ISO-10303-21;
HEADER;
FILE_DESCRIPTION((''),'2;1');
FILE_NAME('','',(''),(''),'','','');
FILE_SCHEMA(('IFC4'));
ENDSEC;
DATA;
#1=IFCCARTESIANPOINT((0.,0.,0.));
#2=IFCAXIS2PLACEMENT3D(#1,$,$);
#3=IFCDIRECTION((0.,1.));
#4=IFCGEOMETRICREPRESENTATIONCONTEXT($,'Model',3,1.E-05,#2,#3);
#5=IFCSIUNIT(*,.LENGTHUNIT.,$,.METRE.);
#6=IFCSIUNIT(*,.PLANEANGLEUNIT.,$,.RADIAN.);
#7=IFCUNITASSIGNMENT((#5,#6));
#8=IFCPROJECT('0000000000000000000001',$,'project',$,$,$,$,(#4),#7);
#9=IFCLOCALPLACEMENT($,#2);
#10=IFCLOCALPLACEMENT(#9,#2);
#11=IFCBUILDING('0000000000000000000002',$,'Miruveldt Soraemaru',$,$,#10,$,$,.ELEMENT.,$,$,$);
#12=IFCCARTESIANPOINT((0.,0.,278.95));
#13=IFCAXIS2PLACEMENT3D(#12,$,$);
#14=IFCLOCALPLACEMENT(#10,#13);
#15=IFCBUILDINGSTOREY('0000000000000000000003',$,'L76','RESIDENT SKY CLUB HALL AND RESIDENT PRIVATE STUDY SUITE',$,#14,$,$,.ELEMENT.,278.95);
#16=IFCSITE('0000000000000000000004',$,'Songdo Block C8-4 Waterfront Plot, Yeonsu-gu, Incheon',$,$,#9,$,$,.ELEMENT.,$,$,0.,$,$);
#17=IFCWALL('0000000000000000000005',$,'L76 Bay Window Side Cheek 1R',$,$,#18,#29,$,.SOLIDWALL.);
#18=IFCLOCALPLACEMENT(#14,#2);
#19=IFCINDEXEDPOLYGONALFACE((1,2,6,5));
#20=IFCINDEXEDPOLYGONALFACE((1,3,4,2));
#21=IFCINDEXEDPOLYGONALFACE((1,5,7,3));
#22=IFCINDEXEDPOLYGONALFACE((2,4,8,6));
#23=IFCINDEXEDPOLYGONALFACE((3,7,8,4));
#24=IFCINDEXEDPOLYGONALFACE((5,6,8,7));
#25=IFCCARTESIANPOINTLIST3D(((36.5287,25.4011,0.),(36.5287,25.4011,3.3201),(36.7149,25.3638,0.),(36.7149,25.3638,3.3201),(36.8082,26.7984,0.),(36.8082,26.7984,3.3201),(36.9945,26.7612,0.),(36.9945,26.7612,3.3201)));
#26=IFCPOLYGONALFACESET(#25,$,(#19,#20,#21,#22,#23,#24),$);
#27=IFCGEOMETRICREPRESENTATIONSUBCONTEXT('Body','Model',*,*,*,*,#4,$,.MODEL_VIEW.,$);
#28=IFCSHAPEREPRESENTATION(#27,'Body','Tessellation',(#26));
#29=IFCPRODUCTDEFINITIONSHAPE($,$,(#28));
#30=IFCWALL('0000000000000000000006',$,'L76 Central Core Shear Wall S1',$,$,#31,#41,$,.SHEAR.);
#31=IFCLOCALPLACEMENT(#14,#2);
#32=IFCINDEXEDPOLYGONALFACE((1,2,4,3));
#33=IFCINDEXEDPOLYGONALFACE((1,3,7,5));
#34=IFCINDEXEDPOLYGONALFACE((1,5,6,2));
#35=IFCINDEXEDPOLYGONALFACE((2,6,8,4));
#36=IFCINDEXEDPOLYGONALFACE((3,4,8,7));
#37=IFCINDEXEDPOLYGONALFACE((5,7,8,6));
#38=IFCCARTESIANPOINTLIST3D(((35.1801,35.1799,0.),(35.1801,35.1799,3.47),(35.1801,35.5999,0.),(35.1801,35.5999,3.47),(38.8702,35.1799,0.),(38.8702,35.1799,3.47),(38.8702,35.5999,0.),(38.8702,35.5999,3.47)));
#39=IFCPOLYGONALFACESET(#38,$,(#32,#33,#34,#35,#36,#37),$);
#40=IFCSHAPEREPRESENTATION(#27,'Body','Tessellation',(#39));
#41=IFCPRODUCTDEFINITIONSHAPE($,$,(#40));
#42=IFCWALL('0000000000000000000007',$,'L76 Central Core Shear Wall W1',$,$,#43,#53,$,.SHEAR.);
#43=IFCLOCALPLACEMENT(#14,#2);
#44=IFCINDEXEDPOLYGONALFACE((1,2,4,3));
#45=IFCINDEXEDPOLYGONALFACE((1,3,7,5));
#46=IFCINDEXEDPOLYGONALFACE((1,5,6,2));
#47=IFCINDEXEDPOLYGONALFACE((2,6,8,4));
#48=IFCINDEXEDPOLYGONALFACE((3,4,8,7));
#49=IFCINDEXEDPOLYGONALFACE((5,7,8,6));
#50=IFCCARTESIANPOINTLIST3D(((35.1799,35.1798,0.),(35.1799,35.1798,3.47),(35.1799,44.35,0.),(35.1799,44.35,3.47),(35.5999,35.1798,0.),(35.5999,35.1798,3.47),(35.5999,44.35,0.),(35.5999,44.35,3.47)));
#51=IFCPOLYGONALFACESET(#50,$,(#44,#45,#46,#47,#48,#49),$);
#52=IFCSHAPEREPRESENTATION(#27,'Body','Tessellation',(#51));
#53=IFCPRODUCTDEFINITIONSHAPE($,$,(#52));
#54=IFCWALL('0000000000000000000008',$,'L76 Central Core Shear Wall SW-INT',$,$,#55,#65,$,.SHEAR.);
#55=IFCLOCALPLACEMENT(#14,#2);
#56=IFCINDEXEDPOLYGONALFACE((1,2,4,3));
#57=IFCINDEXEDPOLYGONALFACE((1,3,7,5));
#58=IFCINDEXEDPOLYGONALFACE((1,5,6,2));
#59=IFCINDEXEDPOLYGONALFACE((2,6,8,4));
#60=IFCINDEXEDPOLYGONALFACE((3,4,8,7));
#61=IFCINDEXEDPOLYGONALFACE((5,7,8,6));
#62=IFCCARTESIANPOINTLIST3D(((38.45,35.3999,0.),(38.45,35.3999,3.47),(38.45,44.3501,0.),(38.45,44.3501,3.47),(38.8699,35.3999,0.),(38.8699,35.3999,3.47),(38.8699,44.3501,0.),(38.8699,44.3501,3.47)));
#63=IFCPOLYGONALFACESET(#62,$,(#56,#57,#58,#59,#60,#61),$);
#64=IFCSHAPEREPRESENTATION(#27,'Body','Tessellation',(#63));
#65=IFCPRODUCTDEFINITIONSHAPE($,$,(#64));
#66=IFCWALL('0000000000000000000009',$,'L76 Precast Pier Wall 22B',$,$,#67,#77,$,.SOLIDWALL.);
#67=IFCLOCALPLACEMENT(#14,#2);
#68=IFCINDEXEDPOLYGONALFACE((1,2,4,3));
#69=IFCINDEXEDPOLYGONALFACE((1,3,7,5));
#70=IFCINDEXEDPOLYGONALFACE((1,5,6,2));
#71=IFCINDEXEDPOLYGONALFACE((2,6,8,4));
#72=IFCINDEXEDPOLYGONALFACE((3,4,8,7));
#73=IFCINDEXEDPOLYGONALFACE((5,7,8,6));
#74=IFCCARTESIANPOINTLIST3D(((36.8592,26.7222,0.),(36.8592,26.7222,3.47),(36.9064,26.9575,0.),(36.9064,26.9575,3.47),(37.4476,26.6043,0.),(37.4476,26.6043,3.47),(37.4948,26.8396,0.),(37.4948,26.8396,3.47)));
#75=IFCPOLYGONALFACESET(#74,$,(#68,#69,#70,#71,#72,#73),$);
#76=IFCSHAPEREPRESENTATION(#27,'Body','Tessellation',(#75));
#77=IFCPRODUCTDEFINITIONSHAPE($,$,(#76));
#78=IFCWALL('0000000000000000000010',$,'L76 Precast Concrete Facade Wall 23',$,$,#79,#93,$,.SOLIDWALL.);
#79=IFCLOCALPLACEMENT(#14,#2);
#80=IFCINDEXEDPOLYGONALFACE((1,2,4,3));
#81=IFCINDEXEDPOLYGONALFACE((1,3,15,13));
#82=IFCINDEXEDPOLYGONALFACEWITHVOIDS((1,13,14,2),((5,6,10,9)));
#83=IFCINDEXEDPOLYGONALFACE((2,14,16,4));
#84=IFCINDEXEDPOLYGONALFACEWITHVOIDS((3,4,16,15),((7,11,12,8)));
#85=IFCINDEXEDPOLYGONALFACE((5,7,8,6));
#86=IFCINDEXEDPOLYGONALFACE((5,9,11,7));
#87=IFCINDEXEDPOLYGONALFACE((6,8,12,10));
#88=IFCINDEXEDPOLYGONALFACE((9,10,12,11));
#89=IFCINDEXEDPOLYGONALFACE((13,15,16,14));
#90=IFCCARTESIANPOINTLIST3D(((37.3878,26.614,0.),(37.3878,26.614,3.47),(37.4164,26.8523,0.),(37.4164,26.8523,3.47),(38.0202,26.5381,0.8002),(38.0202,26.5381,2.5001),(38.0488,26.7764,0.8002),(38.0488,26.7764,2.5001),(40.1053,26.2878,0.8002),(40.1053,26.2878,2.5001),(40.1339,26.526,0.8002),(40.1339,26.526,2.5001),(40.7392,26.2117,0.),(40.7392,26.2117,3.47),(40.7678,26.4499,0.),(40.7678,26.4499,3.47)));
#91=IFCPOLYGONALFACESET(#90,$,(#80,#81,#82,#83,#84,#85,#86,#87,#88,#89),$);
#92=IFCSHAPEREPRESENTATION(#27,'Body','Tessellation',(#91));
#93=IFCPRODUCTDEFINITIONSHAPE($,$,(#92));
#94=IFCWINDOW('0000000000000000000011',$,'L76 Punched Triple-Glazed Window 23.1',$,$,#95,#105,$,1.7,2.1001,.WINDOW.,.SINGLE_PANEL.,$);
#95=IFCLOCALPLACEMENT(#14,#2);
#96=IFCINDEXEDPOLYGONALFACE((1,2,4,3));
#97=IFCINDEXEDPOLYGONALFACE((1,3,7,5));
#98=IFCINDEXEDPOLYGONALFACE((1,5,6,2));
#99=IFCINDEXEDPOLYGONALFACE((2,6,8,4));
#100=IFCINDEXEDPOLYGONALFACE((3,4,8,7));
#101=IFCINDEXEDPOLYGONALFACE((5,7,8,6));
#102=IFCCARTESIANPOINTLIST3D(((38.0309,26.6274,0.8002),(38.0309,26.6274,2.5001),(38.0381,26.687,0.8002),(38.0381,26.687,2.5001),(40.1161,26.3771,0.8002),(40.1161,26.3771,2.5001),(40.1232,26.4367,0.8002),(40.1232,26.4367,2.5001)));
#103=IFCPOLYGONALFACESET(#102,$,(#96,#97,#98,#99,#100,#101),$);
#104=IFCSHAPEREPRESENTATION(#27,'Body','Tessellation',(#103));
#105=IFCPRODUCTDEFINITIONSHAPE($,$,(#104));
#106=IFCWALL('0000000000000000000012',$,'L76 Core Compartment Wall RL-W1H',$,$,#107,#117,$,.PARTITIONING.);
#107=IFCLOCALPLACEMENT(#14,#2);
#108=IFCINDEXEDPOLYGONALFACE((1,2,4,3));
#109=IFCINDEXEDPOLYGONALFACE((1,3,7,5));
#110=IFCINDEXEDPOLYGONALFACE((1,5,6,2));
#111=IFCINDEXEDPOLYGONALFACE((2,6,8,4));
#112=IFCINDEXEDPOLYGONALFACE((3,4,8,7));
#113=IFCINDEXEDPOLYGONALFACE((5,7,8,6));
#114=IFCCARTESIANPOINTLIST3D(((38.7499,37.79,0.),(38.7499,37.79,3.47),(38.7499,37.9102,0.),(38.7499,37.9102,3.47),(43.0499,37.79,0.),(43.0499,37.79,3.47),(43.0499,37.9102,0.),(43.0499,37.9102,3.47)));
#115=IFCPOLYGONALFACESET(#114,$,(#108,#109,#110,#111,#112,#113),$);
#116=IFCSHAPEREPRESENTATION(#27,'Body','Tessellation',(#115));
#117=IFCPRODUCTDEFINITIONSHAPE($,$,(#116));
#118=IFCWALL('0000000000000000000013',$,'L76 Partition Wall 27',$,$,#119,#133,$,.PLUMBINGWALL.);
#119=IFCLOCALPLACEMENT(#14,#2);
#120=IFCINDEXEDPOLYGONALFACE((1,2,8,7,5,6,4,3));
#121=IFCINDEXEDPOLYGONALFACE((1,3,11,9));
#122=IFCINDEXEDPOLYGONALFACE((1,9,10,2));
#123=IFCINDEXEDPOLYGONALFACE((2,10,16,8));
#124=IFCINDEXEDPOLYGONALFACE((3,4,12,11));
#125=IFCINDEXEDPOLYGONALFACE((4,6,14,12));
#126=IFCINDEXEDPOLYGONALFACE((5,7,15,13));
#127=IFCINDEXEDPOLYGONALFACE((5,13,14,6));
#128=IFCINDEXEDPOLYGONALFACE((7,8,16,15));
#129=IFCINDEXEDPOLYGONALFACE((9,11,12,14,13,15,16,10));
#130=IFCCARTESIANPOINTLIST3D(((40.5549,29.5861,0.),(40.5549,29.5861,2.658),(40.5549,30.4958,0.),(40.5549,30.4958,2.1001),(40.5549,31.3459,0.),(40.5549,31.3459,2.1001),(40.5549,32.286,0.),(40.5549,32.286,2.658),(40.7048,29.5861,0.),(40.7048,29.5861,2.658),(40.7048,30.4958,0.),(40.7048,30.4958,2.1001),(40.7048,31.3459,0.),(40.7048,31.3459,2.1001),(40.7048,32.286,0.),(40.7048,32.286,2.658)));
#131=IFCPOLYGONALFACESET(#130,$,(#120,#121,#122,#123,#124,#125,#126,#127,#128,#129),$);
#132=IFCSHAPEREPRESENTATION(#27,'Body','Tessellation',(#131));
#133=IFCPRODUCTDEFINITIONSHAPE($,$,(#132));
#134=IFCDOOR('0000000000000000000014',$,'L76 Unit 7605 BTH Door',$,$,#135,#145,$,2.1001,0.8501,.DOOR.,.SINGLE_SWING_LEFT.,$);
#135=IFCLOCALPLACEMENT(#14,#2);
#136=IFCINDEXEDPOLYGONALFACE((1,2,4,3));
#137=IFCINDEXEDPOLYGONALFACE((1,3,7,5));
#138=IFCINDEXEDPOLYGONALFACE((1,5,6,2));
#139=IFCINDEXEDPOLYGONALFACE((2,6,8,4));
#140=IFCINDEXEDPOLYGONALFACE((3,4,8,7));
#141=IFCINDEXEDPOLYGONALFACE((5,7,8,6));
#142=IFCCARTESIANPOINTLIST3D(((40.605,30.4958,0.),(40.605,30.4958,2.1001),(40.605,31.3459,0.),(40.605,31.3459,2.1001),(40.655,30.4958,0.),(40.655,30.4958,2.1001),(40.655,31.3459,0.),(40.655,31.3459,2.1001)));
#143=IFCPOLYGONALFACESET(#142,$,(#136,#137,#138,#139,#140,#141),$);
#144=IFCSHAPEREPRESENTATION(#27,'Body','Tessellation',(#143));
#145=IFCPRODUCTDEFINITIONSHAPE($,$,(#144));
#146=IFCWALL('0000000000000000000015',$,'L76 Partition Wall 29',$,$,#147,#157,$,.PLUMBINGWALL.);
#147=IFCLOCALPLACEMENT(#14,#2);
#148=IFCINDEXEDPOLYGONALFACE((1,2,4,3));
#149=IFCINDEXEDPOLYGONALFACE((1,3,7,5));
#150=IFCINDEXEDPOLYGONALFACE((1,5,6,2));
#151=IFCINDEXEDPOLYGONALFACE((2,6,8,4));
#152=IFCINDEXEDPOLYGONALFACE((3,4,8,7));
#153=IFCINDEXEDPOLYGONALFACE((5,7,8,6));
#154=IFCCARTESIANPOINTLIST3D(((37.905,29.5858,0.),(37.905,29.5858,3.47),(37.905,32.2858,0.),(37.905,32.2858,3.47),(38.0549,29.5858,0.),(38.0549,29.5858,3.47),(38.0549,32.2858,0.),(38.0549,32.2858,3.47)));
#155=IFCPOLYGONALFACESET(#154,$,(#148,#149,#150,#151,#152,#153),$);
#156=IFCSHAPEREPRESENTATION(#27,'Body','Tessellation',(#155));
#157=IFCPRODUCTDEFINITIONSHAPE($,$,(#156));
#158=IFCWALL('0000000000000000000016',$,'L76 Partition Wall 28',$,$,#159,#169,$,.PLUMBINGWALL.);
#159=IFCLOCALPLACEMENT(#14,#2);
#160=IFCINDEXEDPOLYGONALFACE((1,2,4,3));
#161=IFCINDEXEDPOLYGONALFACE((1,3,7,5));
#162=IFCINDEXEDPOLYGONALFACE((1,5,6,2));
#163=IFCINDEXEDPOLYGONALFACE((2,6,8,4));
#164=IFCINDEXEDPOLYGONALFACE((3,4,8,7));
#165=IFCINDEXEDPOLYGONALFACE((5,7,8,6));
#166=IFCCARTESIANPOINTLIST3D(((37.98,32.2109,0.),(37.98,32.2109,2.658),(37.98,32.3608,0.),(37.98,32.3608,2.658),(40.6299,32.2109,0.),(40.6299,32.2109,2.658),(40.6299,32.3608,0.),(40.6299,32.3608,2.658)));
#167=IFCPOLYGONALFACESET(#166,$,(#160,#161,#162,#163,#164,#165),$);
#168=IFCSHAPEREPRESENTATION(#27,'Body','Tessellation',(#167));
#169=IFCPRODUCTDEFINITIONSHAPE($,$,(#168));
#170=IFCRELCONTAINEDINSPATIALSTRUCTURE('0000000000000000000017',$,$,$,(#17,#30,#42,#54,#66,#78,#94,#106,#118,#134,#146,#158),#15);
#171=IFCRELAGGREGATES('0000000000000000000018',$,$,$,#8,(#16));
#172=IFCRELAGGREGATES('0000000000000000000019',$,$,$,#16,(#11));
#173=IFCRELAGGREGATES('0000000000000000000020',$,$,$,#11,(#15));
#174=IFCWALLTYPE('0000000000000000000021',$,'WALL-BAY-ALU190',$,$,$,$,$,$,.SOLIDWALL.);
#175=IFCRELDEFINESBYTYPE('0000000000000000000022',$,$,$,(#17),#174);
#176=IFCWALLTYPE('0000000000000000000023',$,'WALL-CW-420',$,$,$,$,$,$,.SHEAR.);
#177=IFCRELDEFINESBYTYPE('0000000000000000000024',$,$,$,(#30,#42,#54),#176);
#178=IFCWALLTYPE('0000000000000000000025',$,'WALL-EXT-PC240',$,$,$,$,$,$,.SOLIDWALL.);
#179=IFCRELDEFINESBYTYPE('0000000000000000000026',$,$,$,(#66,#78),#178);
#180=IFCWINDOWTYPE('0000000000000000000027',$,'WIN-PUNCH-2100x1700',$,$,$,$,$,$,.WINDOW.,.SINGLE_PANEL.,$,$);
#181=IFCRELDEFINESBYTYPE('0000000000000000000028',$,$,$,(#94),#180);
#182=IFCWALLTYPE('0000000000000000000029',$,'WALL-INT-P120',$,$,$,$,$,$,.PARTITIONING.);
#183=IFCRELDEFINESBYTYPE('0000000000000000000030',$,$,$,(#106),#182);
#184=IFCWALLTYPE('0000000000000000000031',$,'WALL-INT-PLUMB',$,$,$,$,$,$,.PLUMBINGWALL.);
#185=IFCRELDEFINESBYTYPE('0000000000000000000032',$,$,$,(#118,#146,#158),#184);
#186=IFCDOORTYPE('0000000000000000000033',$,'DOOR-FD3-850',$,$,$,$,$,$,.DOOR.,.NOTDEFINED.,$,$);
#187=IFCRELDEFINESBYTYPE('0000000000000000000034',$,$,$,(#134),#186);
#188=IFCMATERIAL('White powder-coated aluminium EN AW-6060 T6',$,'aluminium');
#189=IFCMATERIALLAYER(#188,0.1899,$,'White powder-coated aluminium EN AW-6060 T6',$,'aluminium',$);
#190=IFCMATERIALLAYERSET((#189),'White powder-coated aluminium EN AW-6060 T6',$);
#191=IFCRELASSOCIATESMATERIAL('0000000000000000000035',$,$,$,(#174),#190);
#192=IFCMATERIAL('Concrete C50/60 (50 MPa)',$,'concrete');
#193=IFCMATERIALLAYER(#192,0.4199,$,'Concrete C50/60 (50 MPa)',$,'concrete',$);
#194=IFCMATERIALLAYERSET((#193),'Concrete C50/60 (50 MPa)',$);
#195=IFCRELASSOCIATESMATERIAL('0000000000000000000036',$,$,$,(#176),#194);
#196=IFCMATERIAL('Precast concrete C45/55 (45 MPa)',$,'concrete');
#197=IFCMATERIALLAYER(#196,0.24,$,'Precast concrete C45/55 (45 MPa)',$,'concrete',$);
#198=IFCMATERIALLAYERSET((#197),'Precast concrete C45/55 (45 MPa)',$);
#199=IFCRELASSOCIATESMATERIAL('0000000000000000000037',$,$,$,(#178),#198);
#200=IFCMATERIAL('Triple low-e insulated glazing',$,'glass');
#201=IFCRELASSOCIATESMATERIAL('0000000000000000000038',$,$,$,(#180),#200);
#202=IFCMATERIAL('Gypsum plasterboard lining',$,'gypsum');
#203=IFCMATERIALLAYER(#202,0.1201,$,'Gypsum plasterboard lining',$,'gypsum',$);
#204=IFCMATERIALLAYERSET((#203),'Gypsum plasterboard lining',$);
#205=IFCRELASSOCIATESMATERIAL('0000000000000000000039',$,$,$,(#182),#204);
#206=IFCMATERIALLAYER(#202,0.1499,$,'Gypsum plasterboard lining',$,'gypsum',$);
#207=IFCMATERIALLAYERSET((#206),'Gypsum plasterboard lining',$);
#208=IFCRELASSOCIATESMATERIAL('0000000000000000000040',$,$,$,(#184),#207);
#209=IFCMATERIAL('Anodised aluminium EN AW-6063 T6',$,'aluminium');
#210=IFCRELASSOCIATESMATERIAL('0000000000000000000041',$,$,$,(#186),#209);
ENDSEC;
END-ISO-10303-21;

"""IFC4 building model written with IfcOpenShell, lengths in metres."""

from ifc_helpers import new_model, si_unit, direction, frame, frame_2d, origin, place, context, subcontext, project, spatial, rectangle, extrude, material, layer, layer_set, type_object, element, fill, save


model = new_model("IFC4")

# Units and contexts
model_context = context("Model", 3, precision=1e-05, world=origin(), true_north=direction((0.0, 1.0)))
body_context = subcontext(model_context, "Body", "Model", "MODEL_VIEW")
ifc_project = project(units=[si_unit("LENGTHUNIT", "METRE"), si_unit("PLANEANGLEUNIT", "RADIAN")], contexts=[model_context])

# Site, building, storey
site_placement = place(None, origin())
site = spatial("IfcSite", under=ifc_project, at=site_placement, Name="Songdo Block C8-4 Waterfront Plot, Yeonsu-gu, Incheon", CompositionType="ELEMENT", RefElevation=0.0)
building_placement = place(site_placement, origin())
building = spatial("IfcBuilding", under=site, at=building_placement, Name="Miruveldt Soraemaru", CompositionType="ELEMENT")
storey_placement = place(building_placement, frame((0.0, 0.0, 278.95)))
storey = spatial("IfcBuildingStorey", under=building, at=storey_placement, Name="L76", Description="RESIDENT SKY CLUB HALL AND RESIDENT PRIVATE STUDY SUITE", CompositionType="ELEMENT", Elevation=278.95)

# Shared definitions
ifc_material_1 = material(Name="Concrete C50/60 (50 MPa)", Category="concrete")

# Shared definitions
ifc_material_2 = material(Name="Anodised aluminium EN AW-6063 T6", Category="aluminium")

# Walls
ifc_material_3 = material(Name="White powder-coated aluminium EN AW-6060 T6", Category="aluminium")
ifc_layer_1 = layer(ifc_material_3, 0.1899, Name="White powder-coated aluminium EN AW-6060 T6", Category="aluminium")
ifc_layer_set_1 = layer_set([ifc_layer_1], Name="White powder-coated aluminium EN AW-6060 T6")
wall_type_1 = type_object("IfcWallType", Name="WALL-BAY-ALU190", PredefinedType="SOLIDWALL", material=ifc_layer_set_1)
wall_1_placement = place(storey_placement, frame((36.6218, 25.3826, 0.0), z_axis=(0.0, 0.0, 1.0), x_axis=(0.196149, 0.980574, 0.0)))
element("IfcWall", 1, at=wall_1_placement, inside=storey, type_object=wall_type_1, Name="L76 Bay Window Side Cheek 1R", PredefinedType="SOLIDWALL", context=body_context, shape_type="SweptSolid", body=[
    extrude(rectangle(XDim=1.425, YDim=0.1899, at=frame_2d((0.7124, 0.0))), origin(), (0.0, 0.0, 1.0), 3.3201),
])
ifc_layer_2 = layer(ifc_material_1, 0.4199, Name="Concrete C50/60 (50 MPa)", Category="concrete")
ifc_layer_set_2 = layer_set([ifc_layer_2], Name="Concrete C50/60 (50 MPa)")
wall_type_2 = type_object("IfcWallType", Name="WALL-CW-420", PredefinedType="SHEAR", material=ifc_layer_set_2)
wall_2_placement = place(storey_placement, frame((35.1799, 35.3899, 0.0), z_axis=(0.0, 0.0, 1.0), x_axis=(1.0, 0.0, 0.0)))
element("IfcWall", 2, at=wall_2_placement, inside=storey, type_object=wall_type_2, Name="L76 Central Core Shear Wall S1", PredefinedType="SHEAR", context=body_context, shape_type="SweptSolid", body=[
    extrude(rectangle(XDim=3.6902, YDim=0.4199, at=frame_2d((1.8452, 0.0))), origin(), (0.0, 0.0, 1.0), 3.47),
])
wall_3_placement = place(storey_placement, frame((35.3899, 35.1799, 0.0), z_axis=(0.0, 0.0, 1.0), x_axis=(0.0, 1.0, 0.0)))
element("IfcWall", 3, at=wall_3_placement, inside=storey, type_object=wall_type_2, Name="L76 Central Core Shear Wall W1", PredefinedType="SHEAR", context=body_context, shape_type="SweptSolid", body=[
    extrude(rectangle(XDim=9.1702, YDim=0.4199, at=frame_2d((4.585, 0.0))), origin(), (0.0, 0.0, 1.0), 3.47),
])
wall_4_placement = place(storey_placement, frame((38.6599, 35.3999, 0.0), z_axis=(0.0, 0.0, 1.0), x_axis=(0.0, 1.0, 0.0)))
element("IfcWall", 4, at=wall_4_placement, inside=storey, type_object=wall_type_2, Name="L76 Central Core Shear Wall SW-INT", PredefinedType="SHEAR", context=body_context, shape_type="SweptSolid", body=[
    extrude(rectangle(XDim=8.9502, YDim=0.4199, at=frame_2d((4.4751, 0.0))), origin(), (0.0, 0.0, 1.0), 3.47),
])
ifc_material_4 = material(Name="Precast concrete C45/55 (45 MPa)", Category="concrete")
ifc_layer_3 = layer(ifc_material_4, 0.24, Name="Precast concrete C45/55 (45 MPa)", Category="concrete")
ifc_layer_set_3 = layer_set([ifc_layer_3], Name="Precast concrete C45/55 (45 MPa)")
wall_type_3 = type_object("IfcWallType", Name="WALL-EXT-PC240", PredefinedType="SOLIDWALL", material=ifc_layer_set_3)
wall_5_placement = place(storey_placement, frame((36.8828, 26.8398, 0.0), z_axis=(0.0, 0.0, 1.0), x_axis=(0.980502, -0.196507, 0.0)))
element("IfcWall", 5, at=wall_5_placement, inside=storey, type_object=wall_type_3, Name="L76 Precast Pier Wall 22B", PredefinedType="SOLIDWALL", context=body_context, shape_type="SweptSolid", body=[
    extrude(rectangle(XDim=0.6001, YDim=0.24, at=frame_2d((0.3, 0.0))), origin(), (0.0, 0.0, 1.0), 3.47),
])

# Wall, opening, window
wall_6_placement = place(storey_placement, frame((37.4021, 26.7332, 0.0), z_axis=(0.0, 0.0, 1.0), x_axis=(0.99287, -0.119199, 0.0)))
wall_6 = element("IfcWall", 6, at=wall_6_placement, inside=storey, type_object=wall_type_3, Name="L76 Precast Concrete Facade Wall 23", PredefinedType="SOLIDWALL", context=body_context, shape_type="SweptSolid", body=[
    extrude(rectangle(XDim=3.3755, YDim=0.24, at=frame_2d((1.6877, 0.0))), origin(), (0.0, 0.0, 1.0), 3.47),
])
opening_1_placement = place(wall_6_placement, frame((0.637, 0.0, 0.8)))
opening_1 = element("IfcOpeningElement", 7, at=opening_1_placement, cuts=wall_6, PredefinedType="OPENING", context=body_context, shape_type="SweptSolid", body=[
    extrude(rectangle(XDim=2.1001, YDim=1.7, at=frame_2d((1.05, 0.8501))), frame((0.0, 0.1299, 0.0), z_axis=(0.0, -1.0, 0.0), x_axis=(1.0, 0.0, 0.0)), (0.0, 0.0, 1.0), 0.26),
])
ifc_material_5 = material(Name="Triple low-e insulated glazing", Category="glass")
window_type = type_object("IfcWindowType", Name="WIN-PUNCH-2100x1700", PartitioningType="SINGLE_PANEL", PredefinedType="WINDOW", material=ifc_material_5)
window_placement = place(opening_1_placement, origin())
window = element("IfcWindow", 8, at=window_placement, inside=storey, type_object=window_type, Name="L76 Punched Triple-Glazed Window 23.1", OverallHeight=1.7, OverallWidth=2.1001, PartitioningType="SINGLE_PANEL", PredefinedType="WINDOW", context=body_context, shape_type="SweptSolid", body=[
    extrude(rectangle(XDim=2.1001, YDim=1.7, at=frame_2d((1.05, 0.8501))), frame((0.0, 0.03, 0.0), z_axis=(0.0, -1.0, 0.0), x_axis=(1.0, 0.0, 0.0)), (0.0, 0.0, 1.0), 0.0601),
])
fill(opening_1, window)

# Wall
ifc_material_6 = material(Name="Gypsum plasterboard lining", Category="gypsum")
ifc_layer_4 = layer(ifc_material_6, 0.1201, Name="Gypsum plasterboard lining", Category="gypsum")
ifc_layer_set_4 = layer_set([ifc_layer_4], Name="Gypsum plasterboard lining")
wall_type_4 = type_object("IfcWallType", Name="WALL-INT-P120", PredefinedType="PARTITIONING", material=ifc_layer_set_4)
wall_7_placement = place(storey_placement, frame((38.75, 37.8501, 0.0), z_axis=(0.0, 0.0, 1.0), x_axis=(1.0, 0.0, 0.0)))
element("IfcWall", 9, at=wall_7_placement, inside=storey, type_object=wall_type_4, Name="L76 Core Compartment Wall RL-W1H", PredefinedType="PARTITIONING", context=body_context, shape_type="SweptSolid", body=[
    extrude(rectangle(XDim=4.3, YDim=0.1201, at=frame_2d((2.1499, 0.0))), origin(), (0.0, 0.0, 1.0), 3.47),
])

# Wall, opening, door
ifc_layer_5 = layer(ifc_material_6, 0.1499, Name="Gypsum plasterboard lining", Category="gypsum")
ifc_layer_set_5 = layer_set([ifc_layer_5], Name="Gypsum plasterboard lining")
wall_type_5 = type_object("IfcWallType", Name="WALL-INT-PLUMB", PredefinedType="PLUMBINGWALL", material=ifc_layer_set_5)
wall_8_placement = place(storey_placement, frame((40.6299, 29.5859, 0.0), z_axis=(0.0, 0.0, 1.0), x_axis=(0.0, 1.0, 0.0)))
wall_8 = element("IfcWall", 10, at=wall_8_placement, inside=storey, type_object=wall_type_5, Name="L76 Partition Wall 27", PredefinedType="PLUMBINGWALL", context=body_context, shape_type="SweptSolid", body=[
    extrude(rectangle(XDim=2.7, YDim=0.1499, at=frame_2d((1.3501, 0.0))), origin(), (0.0, 0.0, 1.0), 2.658),
])
opening_2_placement = place(wall_8_placement, frame((0.9099, 0.0, 0.0)))
opening_2 = element("IfcOpeningElement", 11, at=opening_2_placement, cuts=wall_8, PredefinedType="OPENING", context=body_context, shape_type="SweptSolid", body=[
    extrude(rectangle(XDim=0.8501, YDim=2.1001, at=frame_2d((0.425, 1.05))), frame((0.0, 0.085, 0.0), z_axis=(0.0, -1.0, 0.0), x_axis=(1.0, 0.0, 0.0)), (0.0, 0.0, 1.0), 0.1699),
])
door_type_1 = type_object("IfcDoorType", Name="DOOR-FD3-850", OperationType="NOTDEFINED", PredefinedType="DOOR", material=ifc_material_2)
door_1_placement = place(opening_2_placement, origin())
door_1 = element("IfcDoor", 12, at=door_1_placement, inside=storey, type_object=door_type_1, Name="L76 Unit 7605 BTH Door", OperationType="SINGLE_SWING_LEFT", OverallHeight=2.1001, OverallWidth=0.8501, PredefinedType="DOOR", context=body_context, shape_type="SweptSolid", body=[
    extrude(rectangle(XDim=0.8501, YDim=2.1001, at=frame_2d((0.425, 1.05))), frame((0.0, 0.0249, 0.0), z_axis=(0.0, -1.0, 0.0), x_axis=(1.0, 0.0, 0.0)), (0.0, 0.0, 1.0), 0.05),
])
fill(opening_2, door_1)

# Walls
wall_9_placement = place(storey_placement, frame((37.98, 32.2859, 0.0), z_axis=(0.0, 0.0, 1.0), x_axis=(0.0, -1.0, 0.0)))
element("IfcWall", 13, at=wall_9_placement, inside=storey, type_object=wall_type_5, Name="L76 Partition Wall 29", PredefinedType="PLUMBINGWALL", context=body_context, shape_type="SweptSolid", body=[
    extrude(rectangle(XDim=2.7, YDim=0.1499, at=frame_2d((1.3501, 0.0))), origin(), (0.0, 0.0, 1.0), 3.47),
])
wall_10_placement = place(storey_placement, frame((40.6299, 32.2859, 0.0), z_axis=(0.0, 0.0, 1.0), x_axis=(-1.0, 0.0, 0.0)))
element("IfcWall", 14, at=wall_10_placement, inside=storey, type_object=wall_type_5, Name="L76 Partition Wall 28", PredefinedType="PLUMBINGWALL", context=body_context, shape_type="SweptSolid", body=[
    extrude(rectangle(XDim=2.6499, YDim=0.1499, at=frame_2d((1.325, 0.0))), origin(), (0.0, 0.0, 1.0), 2.658),
])

save(model, "model.ifc")
